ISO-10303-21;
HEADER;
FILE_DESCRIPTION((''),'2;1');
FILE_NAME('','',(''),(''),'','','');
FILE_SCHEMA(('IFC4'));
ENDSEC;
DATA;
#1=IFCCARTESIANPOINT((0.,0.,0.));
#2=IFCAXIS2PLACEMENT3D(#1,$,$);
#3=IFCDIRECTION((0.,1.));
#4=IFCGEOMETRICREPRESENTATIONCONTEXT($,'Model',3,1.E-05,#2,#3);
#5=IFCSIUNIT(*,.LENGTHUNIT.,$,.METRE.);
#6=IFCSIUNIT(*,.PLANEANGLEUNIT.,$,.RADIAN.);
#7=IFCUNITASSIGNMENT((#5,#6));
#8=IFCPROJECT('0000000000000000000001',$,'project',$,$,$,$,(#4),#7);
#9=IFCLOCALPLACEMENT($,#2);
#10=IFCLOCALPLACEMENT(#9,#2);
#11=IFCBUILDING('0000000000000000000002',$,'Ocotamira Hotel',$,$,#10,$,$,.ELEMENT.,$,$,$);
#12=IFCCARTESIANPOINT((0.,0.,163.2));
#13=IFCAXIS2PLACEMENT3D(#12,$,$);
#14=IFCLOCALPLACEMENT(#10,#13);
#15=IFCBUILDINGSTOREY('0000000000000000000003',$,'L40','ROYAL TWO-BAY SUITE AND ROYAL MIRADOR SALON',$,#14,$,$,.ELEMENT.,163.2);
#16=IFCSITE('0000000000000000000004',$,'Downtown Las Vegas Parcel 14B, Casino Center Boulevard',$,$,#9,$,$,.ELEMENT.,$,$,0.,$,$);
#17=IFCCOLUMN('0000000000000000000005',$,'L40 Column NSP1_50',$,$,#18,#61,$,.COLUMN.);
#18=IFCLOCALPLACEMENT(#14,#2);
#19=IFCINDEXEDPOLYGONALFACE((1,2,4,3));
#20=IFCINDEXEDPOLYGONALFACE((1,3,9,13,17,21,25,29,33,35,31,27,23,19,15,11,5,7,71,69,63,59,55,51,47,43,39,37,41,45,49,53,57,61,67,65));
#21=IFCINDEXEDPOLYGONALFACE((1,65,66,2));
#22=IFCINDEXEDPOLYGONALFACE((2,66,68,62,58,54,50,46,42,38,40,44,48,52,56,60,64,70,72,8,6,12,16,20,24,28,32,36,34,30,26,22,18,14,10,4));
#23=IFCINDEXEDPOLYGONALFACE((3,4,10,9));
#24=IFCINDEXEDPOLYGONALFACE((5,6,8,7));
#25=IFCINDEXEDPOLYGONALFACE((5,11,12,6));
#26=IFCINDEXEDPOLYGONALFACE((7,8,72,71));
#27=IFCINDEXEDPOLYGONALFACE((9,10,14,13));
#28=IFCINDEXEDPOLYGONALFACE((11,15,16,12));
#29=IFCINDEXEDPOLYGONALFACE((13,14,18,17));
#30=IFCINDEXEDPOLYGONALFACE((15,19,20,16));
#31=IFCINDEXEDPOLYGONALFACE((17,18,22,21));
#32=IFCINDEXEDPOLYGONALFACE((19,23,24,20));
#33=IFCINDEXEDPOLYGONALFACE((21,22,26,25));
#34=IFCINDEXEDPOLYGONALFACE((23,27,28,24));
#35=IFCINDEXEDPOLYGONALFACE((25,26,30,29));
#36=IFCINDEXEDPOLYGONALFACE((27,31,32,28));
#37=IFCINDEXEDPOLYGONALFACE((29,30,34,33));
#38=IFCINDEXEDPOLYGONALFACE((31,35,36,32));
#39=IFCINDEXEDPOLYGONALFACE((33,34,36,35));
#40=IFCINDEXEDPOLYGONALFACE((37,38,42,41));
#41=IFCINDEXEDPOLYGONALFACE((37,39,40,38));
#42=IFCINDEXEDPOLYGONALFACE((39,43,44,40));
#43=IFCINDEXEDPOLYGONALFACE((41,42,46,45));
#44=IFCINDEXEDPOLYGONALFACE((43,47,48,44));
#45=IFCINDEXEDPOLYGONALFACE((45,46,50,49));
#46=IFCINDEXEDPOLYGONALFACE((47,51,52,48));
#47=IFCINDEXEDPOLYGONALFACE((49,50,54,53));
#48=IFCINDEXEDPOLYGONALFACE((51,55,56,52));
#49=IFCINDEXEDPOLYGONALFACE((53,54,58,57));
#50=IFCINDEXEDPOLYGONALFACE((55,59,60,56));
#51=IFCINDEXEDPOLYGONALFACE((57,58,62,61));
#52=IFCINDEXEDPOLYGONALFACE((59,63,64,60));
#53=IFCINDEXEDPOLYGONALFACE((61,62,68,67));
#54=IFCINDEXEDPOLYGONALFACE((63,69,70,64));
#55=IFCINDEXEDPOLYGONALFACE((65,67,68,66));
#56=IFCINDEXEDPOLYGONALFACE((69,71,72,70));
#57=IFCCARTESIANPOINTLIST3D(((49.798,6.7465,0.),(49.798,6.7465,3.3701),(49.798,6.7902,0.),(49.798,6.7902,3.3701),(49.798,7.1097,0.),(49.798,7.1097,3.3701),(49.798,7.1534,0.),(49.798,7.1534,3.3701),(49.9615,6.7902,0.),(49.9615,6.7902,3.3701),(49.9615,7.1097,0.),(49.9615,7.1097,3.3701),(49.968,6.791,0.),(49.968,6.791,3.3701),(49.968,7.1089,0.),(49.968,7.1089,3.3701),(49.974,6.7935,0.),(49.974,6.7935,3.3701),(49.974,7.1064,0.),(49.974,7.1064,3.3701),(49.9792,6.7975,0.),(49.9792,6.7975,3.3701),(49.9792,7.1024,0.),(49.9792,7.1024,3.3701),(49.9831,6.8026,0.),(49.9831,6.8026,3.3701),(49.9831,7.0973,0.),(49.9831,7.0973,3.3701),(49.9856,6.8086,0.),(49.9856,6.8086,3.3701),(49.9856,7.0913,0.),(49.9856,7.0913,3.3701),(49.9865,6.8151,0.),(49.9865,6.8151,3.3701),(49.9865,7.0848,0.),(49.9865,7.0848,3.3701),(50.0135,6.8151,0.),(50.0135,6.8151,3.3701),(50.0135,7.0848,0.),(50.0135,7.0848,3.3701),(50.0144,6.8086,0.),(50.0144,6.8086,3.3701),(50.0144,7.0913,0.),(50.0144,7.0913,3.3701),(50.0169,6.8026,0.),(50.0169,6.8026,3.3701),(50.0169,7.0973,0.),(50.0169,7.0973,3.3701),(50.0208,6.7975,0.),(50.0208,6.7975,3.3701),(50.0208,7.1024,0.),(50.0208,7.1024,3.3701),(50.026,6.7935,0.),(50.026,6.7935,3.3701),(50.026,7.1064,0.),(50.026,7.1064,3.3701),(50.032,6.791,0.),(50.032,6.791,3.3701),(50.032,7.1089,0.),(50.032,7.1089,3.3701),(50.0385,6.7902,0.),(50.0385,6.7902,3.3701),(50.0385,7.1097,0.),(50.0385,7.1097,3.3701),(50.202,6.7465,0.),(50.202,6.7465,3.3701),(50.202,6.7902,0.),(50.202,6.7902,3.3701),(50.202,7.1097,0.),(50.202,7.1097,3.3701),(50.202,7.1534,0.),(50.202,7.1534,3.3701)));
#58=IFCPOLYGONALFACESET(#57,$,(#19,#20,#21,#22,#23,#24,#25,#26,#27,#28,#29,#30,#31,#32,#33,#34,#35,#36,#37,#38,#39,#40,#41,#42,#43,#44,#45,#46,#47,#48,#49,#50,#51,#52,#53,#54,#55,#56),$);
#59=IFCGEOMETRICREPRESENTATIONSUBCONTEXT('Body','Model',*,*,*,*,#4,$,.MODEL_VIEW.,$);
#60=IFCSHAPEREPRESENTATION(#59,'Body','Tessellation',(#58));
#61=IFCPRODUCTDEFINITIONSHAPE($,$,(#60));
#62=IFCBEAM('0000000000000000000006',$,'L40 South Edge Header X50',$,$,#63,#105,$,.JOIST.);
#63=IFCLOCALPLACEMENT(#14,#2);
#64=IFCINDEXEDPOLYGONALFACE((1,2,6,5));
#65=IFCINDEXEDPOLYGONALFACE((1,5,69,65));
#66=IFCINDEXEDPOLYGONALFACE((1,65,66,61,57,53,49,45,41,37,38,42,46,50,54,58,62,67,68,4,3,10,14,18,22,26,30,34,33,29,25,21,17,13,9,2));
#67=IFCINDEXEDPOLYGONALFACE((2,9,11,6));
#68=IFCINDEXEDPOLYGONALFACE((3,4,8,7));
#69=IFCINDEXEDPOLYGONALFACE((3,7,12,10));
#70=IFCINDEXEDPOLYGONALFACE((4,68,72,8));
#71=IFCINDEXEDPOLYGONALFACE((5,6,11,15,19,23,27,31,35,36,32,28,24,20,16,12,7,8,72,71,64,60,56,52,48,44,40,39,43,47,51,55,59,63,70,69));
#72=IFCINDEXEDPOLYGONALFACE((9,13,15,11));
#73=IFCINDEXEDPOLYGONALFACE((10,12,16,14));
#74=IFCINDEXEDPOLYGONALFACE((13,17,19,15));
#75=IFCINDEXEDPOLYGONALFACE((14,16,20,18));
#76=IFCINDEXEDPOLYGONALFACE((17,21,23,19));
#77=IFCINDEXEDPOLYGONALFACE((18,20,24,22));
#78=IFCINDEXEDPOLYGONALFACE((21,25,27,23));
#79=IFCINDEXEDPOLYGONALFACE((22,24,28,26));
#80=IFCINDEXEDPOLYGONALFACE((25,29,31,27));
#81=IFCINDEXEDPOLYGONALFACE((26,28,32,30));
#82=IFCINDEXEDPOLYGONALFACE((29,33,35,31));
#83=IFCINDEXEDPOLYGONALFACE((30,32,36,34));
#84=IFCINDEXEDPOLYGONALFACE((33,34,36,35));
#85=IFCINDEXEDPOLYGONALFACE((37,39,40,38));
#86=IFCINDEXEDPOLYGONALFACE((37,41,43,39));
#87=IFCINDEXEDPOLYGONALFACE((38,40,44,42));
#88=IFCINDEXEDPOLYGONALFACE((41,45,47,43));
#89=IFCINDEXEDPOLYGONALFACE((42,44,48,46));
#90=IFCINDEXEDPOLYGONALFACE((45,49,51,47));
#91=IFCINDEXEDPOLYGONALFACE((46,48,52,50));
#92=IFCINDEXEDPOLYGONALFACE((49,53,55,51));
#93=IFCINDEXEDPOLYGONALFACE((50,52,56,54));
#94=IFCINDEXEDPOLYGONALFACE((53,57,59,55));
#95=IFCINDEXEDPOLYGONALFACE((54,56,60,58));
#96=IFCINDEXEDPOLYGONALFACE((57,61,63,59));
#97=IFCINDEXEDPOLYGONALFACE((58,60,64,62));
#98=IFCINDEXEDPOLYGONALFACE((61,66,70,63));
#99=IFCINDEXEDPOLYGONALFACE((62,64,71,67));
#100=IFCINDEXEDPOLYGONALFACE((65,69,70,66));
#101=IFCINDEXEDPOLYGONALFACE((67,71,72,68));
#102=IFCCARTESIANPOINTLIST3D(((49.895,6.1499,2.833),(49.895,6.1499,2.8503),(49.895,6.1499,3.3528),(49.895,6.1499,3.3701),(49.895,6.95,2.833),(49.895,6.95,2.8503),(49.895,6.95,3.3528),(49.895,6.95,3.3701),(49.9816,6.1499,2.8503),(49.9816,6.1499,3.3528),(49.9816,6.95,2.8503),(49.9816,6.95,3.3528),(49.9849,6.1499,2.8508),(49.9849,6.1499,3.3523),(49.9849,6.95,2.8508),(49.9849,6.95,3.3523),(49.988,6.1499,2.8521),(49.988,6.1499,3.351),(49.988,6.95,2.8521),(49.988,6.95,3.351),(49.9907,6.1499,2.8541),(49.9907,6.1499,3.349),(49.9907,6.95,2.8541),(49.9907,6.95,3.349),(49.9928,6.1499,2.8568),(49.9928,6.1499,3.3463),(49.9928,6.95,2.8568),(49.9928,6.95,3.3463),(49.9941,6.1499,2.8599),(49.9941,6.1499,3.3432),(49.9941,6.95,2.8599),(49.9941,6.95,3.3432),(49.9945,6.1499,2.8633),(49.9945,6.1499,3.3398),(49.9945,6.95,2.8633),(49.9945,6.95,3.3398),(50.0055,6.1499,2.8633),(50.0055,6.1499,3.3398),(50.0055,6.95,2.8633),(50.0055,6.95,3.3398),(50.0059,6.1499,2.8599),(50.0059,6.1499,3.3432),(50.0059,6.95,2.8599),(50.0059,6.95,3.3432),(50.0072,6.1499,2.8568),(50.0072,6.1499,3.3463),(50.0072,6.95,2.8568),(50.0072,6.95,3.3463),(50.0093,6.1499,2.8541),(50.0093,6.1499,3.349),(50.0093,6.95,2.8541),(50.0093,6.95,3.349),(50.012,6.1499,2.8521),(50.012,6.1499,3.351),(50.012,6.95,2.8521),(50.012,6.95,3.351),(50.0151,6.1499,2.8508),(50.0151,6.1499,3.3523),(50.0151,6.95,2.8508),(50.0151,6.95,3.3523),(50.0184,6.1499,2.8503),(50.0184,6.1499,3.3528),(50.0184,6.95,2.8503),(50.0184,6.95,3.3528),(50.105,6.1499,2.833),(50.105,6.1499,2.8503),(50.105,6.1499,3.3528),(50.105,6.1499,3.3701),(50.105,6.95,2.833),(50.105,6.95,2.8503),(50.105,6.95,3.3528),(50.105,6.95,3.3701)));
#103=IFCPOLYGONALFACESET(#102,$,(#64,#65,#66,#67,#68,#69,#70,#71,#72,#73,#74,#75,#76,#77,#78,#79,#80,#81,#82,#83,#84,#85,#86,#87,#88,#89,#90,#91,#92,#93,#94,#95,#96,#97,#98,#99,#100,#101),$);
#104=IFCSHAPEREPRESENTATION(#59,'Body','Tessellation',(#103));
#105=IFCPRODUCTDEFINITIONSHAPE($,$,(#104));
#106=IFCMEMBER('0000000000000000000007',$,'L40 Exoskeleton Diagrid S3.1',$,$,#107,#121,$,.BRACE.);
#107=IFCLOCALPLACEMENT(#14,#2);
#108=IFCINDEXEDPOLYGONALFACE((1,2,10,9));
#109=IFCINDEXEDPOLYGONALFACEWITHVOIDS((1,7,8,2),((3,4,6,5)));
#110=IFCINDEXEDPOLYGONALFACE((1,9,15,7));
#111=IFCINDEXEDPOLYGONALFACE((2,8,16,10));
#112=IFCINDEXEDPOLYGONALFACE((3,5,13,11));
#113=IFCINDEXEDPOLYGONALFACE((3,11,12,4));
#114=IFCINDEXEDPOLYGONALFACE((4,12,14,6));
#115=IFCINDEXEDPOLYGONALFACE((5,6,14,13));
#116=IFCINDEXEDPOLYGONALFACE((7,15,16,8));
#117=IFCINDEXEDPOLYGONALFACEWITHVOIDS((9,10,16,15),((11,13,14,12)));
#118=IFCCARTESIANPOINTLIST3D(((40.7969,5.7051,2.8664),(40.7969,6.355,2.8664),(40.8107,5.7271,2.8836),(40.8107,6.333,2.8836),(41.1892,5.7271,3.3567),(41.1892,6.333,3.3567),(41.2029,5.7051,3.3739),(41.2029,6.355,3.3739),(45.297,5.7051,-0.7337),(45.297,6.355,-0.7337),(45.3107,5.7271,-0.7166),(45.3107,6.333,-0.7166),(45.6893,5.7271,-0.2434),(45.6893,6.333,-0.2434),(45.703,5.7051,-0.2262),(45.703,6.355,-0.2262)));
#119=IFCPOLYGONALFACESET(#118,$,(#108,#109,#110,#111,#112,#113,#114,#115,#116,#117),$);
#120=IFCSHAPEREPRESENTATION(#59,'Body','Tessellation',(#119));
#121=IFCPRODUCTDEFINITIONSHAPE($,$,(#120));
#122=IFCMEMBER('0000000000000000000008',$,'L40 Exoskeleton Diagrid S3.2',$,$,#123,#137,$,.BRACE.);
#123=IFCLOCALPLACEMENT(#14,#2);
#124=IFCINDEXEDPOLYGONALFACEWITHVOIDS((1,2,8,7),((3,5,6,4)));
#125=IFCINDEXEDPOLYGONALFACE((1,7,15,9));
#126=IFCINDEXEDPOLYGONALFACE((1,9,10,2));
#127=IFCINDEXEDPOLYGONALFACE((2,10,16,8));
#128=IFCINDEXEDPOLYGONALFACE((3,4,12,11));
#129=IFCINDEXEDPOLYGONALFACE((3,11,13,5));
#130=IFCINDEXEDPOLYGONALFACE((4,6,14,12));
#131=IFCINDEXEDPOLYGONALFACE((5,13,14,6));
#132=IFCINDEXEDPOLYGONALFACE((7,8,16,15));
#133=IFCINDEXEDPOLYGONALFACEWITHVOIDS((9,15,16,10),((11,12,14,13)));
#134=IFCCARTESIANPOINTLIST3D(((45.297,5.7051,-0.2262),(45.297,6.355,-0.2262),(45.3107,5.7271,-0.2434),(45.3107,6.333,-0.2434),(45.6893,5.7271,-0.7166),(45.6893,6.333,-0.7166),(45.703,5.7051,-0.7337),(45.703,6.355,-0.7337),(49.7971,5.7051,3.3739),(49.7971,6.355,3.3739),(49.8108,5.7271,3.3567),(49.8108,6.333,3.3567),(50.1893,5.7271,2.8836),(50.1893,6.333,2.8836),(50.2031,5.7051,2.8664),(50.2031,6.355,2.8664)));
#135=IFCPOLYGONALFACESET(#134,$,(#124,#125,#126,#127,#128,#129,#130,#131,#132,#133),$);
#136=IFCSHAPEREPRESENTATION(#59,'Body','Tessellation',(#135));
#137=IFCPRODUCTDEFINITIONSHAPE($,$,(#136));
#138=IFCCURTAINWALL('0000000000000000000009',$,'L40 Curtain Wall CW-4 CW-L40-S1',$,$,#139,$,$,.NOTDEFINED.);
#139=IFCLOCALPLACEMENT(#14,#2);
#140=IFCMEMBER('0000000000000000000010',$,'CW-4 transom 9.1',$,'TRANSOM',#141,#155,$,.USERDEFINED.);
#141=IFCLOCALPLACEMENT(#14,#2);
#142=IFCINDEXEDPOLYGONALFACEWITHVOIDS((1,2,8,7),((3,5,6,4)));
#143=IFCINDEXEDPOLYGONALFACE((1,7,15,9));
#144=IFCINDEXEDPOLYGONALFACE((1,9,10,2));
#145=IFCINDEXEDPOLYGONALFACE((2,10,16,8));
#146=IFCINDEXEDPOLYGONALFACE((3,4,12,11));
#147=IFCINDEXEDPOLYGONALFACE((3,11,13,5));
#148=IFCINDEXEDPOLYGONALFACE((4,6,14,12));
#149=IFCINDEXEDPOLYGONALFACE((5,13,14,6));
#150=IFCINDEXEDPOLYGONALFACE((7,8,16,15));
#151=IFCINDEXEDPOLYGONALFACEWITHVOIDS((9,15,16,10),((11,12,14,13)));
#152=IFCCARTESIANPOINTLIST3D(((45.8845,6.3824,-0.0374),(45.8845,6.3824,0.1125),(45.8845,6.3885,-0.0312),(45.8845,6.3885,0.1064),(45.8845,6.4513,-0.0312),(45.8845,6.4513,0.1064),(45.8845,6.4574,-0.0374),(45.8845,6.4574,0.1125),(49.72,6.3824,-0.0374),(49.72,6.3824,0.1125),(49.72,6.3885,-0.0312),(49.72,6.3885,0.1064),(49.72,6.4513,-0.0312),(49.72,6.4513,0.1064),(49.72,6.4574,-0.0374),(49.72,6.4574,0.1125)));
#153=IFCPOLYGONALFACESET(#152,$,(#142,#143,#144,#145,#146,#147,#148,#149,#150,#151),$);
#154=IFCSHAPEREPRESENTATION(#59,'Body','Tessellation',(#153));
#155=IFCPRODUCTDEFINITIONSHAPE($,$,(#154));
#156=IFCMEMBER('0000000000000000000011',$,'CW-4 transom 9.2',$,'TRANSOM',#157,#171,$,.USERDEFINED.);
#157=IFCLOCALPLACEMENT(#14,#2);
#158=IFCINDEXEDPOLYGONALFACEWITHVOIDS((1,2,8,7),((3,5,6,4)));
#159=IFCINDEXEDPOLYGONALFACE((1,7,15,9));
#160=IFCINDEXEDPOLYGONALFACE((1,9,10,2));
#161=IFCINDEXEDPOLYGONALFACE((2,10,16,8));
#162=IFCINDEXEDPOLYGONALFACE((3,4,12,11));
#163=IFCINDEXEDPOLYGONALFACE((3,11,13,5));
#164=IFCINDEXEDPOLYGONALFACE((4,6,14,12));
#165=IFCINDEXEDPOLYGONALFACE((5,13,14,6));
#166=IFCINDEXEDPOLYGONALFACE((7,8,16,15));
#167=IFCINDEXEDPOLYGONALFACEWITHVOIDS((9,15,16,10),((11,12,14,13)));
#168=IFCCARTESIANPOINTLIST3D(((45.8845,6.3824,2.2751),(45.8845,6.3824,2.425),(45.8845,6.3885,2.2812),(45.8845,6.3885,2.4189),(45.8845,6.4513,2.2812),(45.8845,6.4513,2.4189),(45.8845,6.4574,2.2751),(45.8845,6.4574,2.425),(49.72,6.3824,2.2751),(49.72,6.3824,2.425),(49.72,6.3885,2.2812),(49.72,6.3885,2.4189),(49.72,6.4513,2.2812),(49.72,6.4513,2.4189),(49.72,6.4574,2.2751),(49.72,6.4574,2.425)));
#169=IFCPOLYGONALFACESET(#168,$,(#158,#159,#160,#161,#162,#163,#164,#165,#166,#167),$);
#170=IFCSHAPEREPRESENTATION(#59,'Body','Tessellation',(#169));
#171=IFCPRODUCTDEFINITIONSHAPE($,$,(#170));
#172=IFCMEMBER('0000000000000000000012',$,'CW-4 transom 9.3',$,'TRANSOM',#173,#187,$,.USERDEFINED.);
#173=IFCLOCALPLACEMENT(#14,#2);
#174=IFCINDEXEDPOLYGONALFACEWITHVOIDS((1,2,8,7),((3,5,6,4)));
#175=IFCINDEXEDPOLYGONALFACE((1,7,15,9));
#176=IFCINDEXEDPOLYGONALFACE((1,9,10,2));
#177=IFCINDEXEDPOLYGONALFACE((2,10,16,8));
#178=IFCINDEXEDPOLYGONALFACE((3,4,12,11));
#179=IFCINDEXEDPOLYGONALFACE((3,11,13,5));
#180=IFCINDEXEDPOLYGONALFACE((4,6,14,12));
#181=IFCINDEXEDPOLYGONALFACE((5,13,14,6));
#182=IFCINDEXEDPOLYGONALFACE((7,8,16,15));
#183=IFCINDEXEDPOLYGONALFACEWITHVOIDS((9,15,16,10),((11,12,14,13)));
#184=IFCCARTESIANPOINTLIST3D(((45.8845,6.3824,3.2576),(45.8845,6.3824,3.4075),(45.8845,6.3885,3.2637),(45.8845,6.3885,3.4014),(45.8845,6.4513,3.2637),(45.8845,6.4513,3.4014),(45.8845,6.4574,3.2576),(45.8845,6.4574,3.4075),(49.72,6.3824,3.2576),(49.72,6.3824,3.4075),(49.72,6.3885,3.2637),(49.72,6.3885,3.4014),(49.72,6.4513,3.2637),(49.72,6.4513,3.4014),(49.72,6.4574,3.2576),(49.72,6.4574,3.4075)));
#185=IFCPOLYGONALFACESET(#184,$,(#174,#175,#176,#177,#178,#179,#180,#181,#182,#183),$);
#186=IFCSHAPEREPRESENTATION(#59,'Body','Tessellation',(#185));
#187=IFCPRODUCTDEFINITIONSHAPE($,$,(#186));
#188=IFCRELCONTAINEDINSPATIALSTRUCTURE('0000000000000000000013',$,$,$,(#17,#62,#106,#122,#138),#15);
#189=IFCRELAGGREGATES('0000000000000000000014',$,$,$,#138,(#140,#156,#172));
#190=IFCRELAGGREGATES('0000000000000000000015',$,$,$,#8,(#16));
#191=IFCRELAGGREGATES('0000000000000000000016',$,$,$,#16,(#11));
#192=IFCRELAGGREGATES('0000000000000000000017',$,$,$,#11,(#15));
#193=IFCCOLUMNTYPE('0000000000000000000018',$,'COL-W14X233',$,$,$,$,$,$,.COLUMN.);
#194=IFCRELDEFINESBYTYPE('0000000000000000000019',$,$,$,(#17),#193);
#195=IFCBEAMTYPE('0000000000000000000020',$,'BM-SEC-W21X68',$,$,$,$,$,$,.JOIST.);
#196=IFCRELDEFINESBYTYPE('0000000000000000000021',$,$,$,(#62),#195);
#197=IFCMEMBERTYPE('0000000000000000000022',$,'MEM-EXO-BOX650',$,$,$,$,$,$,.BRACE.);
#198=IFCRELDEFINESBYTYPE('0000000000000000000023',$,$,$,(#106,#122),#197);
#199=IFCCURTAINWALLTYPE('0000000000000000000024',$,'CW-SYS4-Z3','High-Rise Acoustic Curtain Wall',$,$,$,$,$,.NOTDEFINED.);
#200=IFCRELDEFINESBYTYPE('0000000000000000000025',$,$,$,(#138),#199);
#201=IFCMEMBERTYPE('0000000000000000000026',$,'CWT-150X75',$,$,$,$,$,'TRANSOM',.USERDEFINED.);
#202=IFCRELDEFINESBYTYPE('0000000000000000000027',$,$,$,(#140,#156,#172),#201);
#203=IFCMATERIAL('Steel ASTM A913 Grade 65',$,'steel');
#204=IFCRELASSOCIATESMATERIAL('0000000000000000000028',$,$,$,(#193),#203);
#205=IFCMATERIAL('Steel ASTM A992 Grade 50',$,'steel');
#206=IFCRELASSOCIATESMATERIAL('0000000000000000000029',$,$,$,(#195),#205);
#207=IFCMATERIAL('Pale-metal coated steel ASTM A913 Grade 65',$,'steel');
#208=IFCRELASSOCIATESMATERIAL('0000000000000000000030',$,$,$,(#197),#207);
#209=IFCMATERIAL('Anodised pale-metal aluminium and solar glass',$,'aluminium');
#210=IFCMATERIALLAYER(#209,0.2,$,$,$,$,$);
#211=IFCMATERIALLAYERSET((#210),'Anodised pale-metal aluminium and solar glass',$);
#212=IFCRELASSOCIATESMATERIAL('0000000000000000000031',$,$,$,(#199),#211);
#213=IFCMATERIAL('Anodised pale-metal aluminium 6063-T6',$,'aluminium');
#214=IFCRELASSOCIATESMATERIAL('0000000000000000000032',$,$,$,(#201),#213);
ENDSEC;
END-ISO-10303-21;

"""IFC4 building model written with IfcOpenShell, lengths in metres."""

from ifc_helpers import new_model, si_unit, direction, frame, origin, origin_2d, place, context, subcontext, project, spatial, hollow_rectangle, i_section, extrude, source, transform, mapped, material, layer, layer_set, material_profile, profile_set, type_object, element, aggregate, save


model = new_model("IFC4")

# Units and contexts
model_context = context("Model", 3, precision=1e-05, world=origin(), true_north=direction((0.0, 1.0)))
body_context = subcontext(model_context, "Body", "Model", "MODEL_VIEW")
ifc_project = project(units=[si_unit("LENGTHUNIT", "METRE"), si_unit("PLANEANGLEUNIT", "RADIAN")], contexts=[model_context])

# Site, building, storey
site_placement = place(None, origin())
site = spatial("IfcSite", under=ifc_project, at=site_placement, Name="Downtown Las Vegas Parcel 14B, Casino Center Boulevard", CompositionType="ELEMENT", RefElevation=0.0)
building_placement = place(site_placement, origin())
building = spatial("IfcBuilding", under=site, at=building_placement, Name="Ocotamira Hotel", CompositionType="ELEMENT")
storey_placement = place(building_placement, frame((0.0, 0.0, 163.2)))
storey = spatial("IfcBuildingStorey", under=building, at=storey_placement, Name="L40", Description="ROYAL TWO-BAY SUITE AND ROYAL MIRADOR SALON", CompositionType="ELEMENT", Elevation=163.2)

# Column
ifc_material_1 = material(Name="Steel ASTM A913 Grade 65", Category="steel")
ifc_material_profile_1 = material_profile(ifc_material_1, i_section(OverallWidth=0.4041, OverallDepth=0.407, WebThickness=0.0271, FlangeThickness=0.0437, FilletRadius=0.0249, at=origin_2d()), Name="W14X233")
ifc_profile_set_1 = profile_set([ifc_material_profile_1], Name="Steel ASTM A913 Grade 65")
column_type = type_object("IfcColumnType", Name="COL-W14X233", PredefinedType="COLUMN", material=ifc_profile_set_1)
shared_shape_1 = source(origin(), body_context, "Body", "SweptSolid", [
    extrude(i_section(OverallWidth=0.4041, OverallDepth=0.407, WebThickness=0.0271, FlangeThickness=0.0437, FilletRadius=0.0249, at=origin_2d()), origin(), (0.0, 0.0, 1.0), 3.3701),
])
column_placement = place(storey_placement, frame((50.0, 6.95, 0.0), z_axis=(0.0, 0.0, 1.0), x_axis=(1.0, 0.0, 0.0)))
element("IfcColumn", 1, at=column_placement, inside=storey, type_object=column_type, Name="L40 Column NSP1_50", PredefinedType="COLUMN", context=body_context, shape_type="MappedRepresentation", body=[
    mapped(shared_shape_1, transform((0.0, 0.0, 0.0), scale=1.0)),
])

# Beam
ifc_material_2 = material(Name="Steel ASTM A992 Grade 50", Category="steel")
ifc_material_profile_2 = material_profile(ifc_material_2, i_section(OverallWidth=0.21, OverallDepth=0.5371, WebThickness=0.011, FlangeThickness=0.0173, FilletRadius=0.0129, at=origin_2d()), Name="W21X68")
ifc_profile_set_2 = profile_set([ifc_material_profile_2], Name="Steel ASTM A992 Grade 50")
beam_type = type_object("IfcBeamType", Name="BM-SEC-W21X68", PredefinedType="JOIST", material=ifc_profile_set_2)
shared_shape_2 = source(origin(), body_context, "Body", "SweptSolid", [
    extrude(i_section(OverallWidth=0.21, OverallDepth=0.5371, WebThickness=0.011, FlangeThickness=0.0173, FilletRadius=0.0129, at=origin_2d()), origin(), (0.0, 0.0, 1.0), 0.8),
])
beam_placement = place(storey_placement, frame((50.0, 6.95, 3.1016), z_axis=(0.0, -1.0, 0.0), x_axis=(1.0, 0.0, 0.0)))
element("IfcBeam", 2, at=beam_placement, inside=storey, type_object=beam_type, Name="L40 South Edge Header X50", PredefinedType="JOIST", context=body_context, shape_type="MappedRepresentation", body=[
    mapped(shared_shape_2, transform((0.0, 0.0, 0.0), scale=1.0)),
])

# Members
ifc_material_3 = material(Name="Pale-metal coated steel ASTM A913 Grade 65", Category="steel")
ifc_material_profile_3 = material_profile(ifc_material_3, hollow_rectangle(XDim=0.6499, YDim=0.6499, WallThickness=0.022, at=origin_2d()), Name="BOX650X650X22")
ifc_profile_set_3 = profile_set([ifc_material_profile_3], Name="Pale-metal coated steel ASTM A913 Grade 65")
member_type_1 = type_object("IfcMemberType", Name="MEM-EXO-BOX650", PredefinedType="BRACE", material=ifc_profile_set_3)
shared_shape_3 = source(origin(), body_context, "Body", "SweptSolid", [
    extrude(hollow_rectangle(XDim=0.6499, YDim=0.6499, WallThickness=0.022, at=origin_2d()), origin(), (0.0, 0.0, 1.0), 5.7629),
])
for number, where, z_axis, x_axis, name in (
    (3, (45.5, 6.03, -0.48), (-0.780861, 0.0, 0.624705), (0.0, -1.0, 0.0), "L40 Exoskeleton Diagrid S3.1"),
    (4, (45.5, 6.03, -0.48), (0.780861, 0.0, 0.624705), (0.0, 1.0, 0.0), "L40 Exoskeleton Diagrid S3.2"),
):
    element("IfcMember", number, at=place(storey_placement, frame(where, z_axis=z_axis, x_axis=x_axis)), inside=storey, type_object=member_type_1, Name=name, PredefinedType="BRACE", context=body_context, shape_type="MappedRepresentation", body=[
        mapped(shared_shape_3, transform((0.0, 0.0, 0.0), scale=1.0)),
    ])

# Curtain wall, members
ifc_material_4 = material(Name="Anodised pale-metal aluminium and solar glass", Category="aluminium")
ifc_layer_1 = layer(ifc_material_4, 0.2)
ifc_layer_set_1 = layer_set([ifc_layer_1], Name="Anodised pale-metal aluminium and solar glass")
curtain_wall_type = type_object("IfcCurtainWallType", Name="CW-SYS4-Z3", Description="High-Rise Acoustic Curtain Wall", PredefinedType="NOTDEFINED", material=ifc_layer_set_1)
curtain_wall_1_placement = place(storey_placement, origin())
curtain_wall_1 = element("IfcCurtainWall", 5, at=curtain_wall_1_placement, inside=storey, type_object=curtain_wall_type, Name="L40 Curtain Wall CW-4 CW-L40-S1", PredefinedType="NOTDEFINED")
ifc_material_5 = material(Name="Anodised pale-metal aluminium 6063-T6", Category="aluminium")
ifc_material_profile_4 = material_profile(ifc_material_5, hollow_rectangle(XDim=0.075, YDim=0.1499, WallThickness=0.0061, at=origin_2d()), Name="HSS150X75X6")
ifc_profile_set_4 = profile_set([ifc_material_profile_4], Name="Anodised pale-metal aluminium 6063-T6")
member_type_2 = type_object("IfcMemberType", Name="CWT-150X75", ElementType="TRANSOM", PredefinedType="USERDEFINED", material=ifc_profile_set_4)
shared_shape_4 = source(origin(), body_context, "Body", "SweptSolid", [
    extrude(hollow_rectangle(XDim=0.075, YDim=0.1499, WallThickness=0.0061, at=origin_2d()), origin(), (0.0, 0.0, 1.0), 3.8354),
])
member_1_placement = place(storey_placement, frame((45.8845, 6.4199, 0.0376), z_axis=(1.0, 0.0, 0.0), x_axis=(0.0, 1.0, 0.0)))
member_1 = element("IfcMember", 6, at=member_1_placement, type_object=member_type_2, Name="CW-4 transom 9.1", ObjectType="TRANSOM", PredefinedType="USERDEFINED", context=body_context, shape_type="MappedRepresentation", body=[
    mapped(shared_shape_4, transform((0.0, 0.0, 0.0), scale=1.0)),
])
member_2_placement = place(storey_placement, frame((45.8845, 6.4199, 2.3501), z_axis=(1.0, 0.0, 0.0), x_axis=(0.0, 1.0, 0.0)))
member_2 = element("IfcMember", 7, at=member_2_placement, type_object=member_type_2, Name="CW-4 transom 9.2", ObjectType="TRANSOM", PredefinedType="USERDEFINED", context=body_context, shape_type="MappedRepresentation", body=[
    mapped(shared_shape_4, transform((0.0, 0.0, 0.0), scale=1.0)),
])
member_3_placement = place(storey_placement, frame((45.8845, 6.4199, 3.3325), z_axis=(1.0, 0.0, 0.0), x_axis=(0.0, 1.0, 0.0)))
member_3 = element("IfcMember", 8, at=member_3_placement, type_object=member_type_2, Name="CW-4 transom 9.3", ObjectType="TRANSOM", PredefinedType="USERDEFINED", context=body_context, shape_type="MappedRepresentation", body=[
    mapped(shared_shape_4, transform((0.0, 0.0, 0.0), scale=1.0)),
])

aggregate(curtain_wall_1, [member_1, member_2, member_3])

save(model, "model.ifc")
